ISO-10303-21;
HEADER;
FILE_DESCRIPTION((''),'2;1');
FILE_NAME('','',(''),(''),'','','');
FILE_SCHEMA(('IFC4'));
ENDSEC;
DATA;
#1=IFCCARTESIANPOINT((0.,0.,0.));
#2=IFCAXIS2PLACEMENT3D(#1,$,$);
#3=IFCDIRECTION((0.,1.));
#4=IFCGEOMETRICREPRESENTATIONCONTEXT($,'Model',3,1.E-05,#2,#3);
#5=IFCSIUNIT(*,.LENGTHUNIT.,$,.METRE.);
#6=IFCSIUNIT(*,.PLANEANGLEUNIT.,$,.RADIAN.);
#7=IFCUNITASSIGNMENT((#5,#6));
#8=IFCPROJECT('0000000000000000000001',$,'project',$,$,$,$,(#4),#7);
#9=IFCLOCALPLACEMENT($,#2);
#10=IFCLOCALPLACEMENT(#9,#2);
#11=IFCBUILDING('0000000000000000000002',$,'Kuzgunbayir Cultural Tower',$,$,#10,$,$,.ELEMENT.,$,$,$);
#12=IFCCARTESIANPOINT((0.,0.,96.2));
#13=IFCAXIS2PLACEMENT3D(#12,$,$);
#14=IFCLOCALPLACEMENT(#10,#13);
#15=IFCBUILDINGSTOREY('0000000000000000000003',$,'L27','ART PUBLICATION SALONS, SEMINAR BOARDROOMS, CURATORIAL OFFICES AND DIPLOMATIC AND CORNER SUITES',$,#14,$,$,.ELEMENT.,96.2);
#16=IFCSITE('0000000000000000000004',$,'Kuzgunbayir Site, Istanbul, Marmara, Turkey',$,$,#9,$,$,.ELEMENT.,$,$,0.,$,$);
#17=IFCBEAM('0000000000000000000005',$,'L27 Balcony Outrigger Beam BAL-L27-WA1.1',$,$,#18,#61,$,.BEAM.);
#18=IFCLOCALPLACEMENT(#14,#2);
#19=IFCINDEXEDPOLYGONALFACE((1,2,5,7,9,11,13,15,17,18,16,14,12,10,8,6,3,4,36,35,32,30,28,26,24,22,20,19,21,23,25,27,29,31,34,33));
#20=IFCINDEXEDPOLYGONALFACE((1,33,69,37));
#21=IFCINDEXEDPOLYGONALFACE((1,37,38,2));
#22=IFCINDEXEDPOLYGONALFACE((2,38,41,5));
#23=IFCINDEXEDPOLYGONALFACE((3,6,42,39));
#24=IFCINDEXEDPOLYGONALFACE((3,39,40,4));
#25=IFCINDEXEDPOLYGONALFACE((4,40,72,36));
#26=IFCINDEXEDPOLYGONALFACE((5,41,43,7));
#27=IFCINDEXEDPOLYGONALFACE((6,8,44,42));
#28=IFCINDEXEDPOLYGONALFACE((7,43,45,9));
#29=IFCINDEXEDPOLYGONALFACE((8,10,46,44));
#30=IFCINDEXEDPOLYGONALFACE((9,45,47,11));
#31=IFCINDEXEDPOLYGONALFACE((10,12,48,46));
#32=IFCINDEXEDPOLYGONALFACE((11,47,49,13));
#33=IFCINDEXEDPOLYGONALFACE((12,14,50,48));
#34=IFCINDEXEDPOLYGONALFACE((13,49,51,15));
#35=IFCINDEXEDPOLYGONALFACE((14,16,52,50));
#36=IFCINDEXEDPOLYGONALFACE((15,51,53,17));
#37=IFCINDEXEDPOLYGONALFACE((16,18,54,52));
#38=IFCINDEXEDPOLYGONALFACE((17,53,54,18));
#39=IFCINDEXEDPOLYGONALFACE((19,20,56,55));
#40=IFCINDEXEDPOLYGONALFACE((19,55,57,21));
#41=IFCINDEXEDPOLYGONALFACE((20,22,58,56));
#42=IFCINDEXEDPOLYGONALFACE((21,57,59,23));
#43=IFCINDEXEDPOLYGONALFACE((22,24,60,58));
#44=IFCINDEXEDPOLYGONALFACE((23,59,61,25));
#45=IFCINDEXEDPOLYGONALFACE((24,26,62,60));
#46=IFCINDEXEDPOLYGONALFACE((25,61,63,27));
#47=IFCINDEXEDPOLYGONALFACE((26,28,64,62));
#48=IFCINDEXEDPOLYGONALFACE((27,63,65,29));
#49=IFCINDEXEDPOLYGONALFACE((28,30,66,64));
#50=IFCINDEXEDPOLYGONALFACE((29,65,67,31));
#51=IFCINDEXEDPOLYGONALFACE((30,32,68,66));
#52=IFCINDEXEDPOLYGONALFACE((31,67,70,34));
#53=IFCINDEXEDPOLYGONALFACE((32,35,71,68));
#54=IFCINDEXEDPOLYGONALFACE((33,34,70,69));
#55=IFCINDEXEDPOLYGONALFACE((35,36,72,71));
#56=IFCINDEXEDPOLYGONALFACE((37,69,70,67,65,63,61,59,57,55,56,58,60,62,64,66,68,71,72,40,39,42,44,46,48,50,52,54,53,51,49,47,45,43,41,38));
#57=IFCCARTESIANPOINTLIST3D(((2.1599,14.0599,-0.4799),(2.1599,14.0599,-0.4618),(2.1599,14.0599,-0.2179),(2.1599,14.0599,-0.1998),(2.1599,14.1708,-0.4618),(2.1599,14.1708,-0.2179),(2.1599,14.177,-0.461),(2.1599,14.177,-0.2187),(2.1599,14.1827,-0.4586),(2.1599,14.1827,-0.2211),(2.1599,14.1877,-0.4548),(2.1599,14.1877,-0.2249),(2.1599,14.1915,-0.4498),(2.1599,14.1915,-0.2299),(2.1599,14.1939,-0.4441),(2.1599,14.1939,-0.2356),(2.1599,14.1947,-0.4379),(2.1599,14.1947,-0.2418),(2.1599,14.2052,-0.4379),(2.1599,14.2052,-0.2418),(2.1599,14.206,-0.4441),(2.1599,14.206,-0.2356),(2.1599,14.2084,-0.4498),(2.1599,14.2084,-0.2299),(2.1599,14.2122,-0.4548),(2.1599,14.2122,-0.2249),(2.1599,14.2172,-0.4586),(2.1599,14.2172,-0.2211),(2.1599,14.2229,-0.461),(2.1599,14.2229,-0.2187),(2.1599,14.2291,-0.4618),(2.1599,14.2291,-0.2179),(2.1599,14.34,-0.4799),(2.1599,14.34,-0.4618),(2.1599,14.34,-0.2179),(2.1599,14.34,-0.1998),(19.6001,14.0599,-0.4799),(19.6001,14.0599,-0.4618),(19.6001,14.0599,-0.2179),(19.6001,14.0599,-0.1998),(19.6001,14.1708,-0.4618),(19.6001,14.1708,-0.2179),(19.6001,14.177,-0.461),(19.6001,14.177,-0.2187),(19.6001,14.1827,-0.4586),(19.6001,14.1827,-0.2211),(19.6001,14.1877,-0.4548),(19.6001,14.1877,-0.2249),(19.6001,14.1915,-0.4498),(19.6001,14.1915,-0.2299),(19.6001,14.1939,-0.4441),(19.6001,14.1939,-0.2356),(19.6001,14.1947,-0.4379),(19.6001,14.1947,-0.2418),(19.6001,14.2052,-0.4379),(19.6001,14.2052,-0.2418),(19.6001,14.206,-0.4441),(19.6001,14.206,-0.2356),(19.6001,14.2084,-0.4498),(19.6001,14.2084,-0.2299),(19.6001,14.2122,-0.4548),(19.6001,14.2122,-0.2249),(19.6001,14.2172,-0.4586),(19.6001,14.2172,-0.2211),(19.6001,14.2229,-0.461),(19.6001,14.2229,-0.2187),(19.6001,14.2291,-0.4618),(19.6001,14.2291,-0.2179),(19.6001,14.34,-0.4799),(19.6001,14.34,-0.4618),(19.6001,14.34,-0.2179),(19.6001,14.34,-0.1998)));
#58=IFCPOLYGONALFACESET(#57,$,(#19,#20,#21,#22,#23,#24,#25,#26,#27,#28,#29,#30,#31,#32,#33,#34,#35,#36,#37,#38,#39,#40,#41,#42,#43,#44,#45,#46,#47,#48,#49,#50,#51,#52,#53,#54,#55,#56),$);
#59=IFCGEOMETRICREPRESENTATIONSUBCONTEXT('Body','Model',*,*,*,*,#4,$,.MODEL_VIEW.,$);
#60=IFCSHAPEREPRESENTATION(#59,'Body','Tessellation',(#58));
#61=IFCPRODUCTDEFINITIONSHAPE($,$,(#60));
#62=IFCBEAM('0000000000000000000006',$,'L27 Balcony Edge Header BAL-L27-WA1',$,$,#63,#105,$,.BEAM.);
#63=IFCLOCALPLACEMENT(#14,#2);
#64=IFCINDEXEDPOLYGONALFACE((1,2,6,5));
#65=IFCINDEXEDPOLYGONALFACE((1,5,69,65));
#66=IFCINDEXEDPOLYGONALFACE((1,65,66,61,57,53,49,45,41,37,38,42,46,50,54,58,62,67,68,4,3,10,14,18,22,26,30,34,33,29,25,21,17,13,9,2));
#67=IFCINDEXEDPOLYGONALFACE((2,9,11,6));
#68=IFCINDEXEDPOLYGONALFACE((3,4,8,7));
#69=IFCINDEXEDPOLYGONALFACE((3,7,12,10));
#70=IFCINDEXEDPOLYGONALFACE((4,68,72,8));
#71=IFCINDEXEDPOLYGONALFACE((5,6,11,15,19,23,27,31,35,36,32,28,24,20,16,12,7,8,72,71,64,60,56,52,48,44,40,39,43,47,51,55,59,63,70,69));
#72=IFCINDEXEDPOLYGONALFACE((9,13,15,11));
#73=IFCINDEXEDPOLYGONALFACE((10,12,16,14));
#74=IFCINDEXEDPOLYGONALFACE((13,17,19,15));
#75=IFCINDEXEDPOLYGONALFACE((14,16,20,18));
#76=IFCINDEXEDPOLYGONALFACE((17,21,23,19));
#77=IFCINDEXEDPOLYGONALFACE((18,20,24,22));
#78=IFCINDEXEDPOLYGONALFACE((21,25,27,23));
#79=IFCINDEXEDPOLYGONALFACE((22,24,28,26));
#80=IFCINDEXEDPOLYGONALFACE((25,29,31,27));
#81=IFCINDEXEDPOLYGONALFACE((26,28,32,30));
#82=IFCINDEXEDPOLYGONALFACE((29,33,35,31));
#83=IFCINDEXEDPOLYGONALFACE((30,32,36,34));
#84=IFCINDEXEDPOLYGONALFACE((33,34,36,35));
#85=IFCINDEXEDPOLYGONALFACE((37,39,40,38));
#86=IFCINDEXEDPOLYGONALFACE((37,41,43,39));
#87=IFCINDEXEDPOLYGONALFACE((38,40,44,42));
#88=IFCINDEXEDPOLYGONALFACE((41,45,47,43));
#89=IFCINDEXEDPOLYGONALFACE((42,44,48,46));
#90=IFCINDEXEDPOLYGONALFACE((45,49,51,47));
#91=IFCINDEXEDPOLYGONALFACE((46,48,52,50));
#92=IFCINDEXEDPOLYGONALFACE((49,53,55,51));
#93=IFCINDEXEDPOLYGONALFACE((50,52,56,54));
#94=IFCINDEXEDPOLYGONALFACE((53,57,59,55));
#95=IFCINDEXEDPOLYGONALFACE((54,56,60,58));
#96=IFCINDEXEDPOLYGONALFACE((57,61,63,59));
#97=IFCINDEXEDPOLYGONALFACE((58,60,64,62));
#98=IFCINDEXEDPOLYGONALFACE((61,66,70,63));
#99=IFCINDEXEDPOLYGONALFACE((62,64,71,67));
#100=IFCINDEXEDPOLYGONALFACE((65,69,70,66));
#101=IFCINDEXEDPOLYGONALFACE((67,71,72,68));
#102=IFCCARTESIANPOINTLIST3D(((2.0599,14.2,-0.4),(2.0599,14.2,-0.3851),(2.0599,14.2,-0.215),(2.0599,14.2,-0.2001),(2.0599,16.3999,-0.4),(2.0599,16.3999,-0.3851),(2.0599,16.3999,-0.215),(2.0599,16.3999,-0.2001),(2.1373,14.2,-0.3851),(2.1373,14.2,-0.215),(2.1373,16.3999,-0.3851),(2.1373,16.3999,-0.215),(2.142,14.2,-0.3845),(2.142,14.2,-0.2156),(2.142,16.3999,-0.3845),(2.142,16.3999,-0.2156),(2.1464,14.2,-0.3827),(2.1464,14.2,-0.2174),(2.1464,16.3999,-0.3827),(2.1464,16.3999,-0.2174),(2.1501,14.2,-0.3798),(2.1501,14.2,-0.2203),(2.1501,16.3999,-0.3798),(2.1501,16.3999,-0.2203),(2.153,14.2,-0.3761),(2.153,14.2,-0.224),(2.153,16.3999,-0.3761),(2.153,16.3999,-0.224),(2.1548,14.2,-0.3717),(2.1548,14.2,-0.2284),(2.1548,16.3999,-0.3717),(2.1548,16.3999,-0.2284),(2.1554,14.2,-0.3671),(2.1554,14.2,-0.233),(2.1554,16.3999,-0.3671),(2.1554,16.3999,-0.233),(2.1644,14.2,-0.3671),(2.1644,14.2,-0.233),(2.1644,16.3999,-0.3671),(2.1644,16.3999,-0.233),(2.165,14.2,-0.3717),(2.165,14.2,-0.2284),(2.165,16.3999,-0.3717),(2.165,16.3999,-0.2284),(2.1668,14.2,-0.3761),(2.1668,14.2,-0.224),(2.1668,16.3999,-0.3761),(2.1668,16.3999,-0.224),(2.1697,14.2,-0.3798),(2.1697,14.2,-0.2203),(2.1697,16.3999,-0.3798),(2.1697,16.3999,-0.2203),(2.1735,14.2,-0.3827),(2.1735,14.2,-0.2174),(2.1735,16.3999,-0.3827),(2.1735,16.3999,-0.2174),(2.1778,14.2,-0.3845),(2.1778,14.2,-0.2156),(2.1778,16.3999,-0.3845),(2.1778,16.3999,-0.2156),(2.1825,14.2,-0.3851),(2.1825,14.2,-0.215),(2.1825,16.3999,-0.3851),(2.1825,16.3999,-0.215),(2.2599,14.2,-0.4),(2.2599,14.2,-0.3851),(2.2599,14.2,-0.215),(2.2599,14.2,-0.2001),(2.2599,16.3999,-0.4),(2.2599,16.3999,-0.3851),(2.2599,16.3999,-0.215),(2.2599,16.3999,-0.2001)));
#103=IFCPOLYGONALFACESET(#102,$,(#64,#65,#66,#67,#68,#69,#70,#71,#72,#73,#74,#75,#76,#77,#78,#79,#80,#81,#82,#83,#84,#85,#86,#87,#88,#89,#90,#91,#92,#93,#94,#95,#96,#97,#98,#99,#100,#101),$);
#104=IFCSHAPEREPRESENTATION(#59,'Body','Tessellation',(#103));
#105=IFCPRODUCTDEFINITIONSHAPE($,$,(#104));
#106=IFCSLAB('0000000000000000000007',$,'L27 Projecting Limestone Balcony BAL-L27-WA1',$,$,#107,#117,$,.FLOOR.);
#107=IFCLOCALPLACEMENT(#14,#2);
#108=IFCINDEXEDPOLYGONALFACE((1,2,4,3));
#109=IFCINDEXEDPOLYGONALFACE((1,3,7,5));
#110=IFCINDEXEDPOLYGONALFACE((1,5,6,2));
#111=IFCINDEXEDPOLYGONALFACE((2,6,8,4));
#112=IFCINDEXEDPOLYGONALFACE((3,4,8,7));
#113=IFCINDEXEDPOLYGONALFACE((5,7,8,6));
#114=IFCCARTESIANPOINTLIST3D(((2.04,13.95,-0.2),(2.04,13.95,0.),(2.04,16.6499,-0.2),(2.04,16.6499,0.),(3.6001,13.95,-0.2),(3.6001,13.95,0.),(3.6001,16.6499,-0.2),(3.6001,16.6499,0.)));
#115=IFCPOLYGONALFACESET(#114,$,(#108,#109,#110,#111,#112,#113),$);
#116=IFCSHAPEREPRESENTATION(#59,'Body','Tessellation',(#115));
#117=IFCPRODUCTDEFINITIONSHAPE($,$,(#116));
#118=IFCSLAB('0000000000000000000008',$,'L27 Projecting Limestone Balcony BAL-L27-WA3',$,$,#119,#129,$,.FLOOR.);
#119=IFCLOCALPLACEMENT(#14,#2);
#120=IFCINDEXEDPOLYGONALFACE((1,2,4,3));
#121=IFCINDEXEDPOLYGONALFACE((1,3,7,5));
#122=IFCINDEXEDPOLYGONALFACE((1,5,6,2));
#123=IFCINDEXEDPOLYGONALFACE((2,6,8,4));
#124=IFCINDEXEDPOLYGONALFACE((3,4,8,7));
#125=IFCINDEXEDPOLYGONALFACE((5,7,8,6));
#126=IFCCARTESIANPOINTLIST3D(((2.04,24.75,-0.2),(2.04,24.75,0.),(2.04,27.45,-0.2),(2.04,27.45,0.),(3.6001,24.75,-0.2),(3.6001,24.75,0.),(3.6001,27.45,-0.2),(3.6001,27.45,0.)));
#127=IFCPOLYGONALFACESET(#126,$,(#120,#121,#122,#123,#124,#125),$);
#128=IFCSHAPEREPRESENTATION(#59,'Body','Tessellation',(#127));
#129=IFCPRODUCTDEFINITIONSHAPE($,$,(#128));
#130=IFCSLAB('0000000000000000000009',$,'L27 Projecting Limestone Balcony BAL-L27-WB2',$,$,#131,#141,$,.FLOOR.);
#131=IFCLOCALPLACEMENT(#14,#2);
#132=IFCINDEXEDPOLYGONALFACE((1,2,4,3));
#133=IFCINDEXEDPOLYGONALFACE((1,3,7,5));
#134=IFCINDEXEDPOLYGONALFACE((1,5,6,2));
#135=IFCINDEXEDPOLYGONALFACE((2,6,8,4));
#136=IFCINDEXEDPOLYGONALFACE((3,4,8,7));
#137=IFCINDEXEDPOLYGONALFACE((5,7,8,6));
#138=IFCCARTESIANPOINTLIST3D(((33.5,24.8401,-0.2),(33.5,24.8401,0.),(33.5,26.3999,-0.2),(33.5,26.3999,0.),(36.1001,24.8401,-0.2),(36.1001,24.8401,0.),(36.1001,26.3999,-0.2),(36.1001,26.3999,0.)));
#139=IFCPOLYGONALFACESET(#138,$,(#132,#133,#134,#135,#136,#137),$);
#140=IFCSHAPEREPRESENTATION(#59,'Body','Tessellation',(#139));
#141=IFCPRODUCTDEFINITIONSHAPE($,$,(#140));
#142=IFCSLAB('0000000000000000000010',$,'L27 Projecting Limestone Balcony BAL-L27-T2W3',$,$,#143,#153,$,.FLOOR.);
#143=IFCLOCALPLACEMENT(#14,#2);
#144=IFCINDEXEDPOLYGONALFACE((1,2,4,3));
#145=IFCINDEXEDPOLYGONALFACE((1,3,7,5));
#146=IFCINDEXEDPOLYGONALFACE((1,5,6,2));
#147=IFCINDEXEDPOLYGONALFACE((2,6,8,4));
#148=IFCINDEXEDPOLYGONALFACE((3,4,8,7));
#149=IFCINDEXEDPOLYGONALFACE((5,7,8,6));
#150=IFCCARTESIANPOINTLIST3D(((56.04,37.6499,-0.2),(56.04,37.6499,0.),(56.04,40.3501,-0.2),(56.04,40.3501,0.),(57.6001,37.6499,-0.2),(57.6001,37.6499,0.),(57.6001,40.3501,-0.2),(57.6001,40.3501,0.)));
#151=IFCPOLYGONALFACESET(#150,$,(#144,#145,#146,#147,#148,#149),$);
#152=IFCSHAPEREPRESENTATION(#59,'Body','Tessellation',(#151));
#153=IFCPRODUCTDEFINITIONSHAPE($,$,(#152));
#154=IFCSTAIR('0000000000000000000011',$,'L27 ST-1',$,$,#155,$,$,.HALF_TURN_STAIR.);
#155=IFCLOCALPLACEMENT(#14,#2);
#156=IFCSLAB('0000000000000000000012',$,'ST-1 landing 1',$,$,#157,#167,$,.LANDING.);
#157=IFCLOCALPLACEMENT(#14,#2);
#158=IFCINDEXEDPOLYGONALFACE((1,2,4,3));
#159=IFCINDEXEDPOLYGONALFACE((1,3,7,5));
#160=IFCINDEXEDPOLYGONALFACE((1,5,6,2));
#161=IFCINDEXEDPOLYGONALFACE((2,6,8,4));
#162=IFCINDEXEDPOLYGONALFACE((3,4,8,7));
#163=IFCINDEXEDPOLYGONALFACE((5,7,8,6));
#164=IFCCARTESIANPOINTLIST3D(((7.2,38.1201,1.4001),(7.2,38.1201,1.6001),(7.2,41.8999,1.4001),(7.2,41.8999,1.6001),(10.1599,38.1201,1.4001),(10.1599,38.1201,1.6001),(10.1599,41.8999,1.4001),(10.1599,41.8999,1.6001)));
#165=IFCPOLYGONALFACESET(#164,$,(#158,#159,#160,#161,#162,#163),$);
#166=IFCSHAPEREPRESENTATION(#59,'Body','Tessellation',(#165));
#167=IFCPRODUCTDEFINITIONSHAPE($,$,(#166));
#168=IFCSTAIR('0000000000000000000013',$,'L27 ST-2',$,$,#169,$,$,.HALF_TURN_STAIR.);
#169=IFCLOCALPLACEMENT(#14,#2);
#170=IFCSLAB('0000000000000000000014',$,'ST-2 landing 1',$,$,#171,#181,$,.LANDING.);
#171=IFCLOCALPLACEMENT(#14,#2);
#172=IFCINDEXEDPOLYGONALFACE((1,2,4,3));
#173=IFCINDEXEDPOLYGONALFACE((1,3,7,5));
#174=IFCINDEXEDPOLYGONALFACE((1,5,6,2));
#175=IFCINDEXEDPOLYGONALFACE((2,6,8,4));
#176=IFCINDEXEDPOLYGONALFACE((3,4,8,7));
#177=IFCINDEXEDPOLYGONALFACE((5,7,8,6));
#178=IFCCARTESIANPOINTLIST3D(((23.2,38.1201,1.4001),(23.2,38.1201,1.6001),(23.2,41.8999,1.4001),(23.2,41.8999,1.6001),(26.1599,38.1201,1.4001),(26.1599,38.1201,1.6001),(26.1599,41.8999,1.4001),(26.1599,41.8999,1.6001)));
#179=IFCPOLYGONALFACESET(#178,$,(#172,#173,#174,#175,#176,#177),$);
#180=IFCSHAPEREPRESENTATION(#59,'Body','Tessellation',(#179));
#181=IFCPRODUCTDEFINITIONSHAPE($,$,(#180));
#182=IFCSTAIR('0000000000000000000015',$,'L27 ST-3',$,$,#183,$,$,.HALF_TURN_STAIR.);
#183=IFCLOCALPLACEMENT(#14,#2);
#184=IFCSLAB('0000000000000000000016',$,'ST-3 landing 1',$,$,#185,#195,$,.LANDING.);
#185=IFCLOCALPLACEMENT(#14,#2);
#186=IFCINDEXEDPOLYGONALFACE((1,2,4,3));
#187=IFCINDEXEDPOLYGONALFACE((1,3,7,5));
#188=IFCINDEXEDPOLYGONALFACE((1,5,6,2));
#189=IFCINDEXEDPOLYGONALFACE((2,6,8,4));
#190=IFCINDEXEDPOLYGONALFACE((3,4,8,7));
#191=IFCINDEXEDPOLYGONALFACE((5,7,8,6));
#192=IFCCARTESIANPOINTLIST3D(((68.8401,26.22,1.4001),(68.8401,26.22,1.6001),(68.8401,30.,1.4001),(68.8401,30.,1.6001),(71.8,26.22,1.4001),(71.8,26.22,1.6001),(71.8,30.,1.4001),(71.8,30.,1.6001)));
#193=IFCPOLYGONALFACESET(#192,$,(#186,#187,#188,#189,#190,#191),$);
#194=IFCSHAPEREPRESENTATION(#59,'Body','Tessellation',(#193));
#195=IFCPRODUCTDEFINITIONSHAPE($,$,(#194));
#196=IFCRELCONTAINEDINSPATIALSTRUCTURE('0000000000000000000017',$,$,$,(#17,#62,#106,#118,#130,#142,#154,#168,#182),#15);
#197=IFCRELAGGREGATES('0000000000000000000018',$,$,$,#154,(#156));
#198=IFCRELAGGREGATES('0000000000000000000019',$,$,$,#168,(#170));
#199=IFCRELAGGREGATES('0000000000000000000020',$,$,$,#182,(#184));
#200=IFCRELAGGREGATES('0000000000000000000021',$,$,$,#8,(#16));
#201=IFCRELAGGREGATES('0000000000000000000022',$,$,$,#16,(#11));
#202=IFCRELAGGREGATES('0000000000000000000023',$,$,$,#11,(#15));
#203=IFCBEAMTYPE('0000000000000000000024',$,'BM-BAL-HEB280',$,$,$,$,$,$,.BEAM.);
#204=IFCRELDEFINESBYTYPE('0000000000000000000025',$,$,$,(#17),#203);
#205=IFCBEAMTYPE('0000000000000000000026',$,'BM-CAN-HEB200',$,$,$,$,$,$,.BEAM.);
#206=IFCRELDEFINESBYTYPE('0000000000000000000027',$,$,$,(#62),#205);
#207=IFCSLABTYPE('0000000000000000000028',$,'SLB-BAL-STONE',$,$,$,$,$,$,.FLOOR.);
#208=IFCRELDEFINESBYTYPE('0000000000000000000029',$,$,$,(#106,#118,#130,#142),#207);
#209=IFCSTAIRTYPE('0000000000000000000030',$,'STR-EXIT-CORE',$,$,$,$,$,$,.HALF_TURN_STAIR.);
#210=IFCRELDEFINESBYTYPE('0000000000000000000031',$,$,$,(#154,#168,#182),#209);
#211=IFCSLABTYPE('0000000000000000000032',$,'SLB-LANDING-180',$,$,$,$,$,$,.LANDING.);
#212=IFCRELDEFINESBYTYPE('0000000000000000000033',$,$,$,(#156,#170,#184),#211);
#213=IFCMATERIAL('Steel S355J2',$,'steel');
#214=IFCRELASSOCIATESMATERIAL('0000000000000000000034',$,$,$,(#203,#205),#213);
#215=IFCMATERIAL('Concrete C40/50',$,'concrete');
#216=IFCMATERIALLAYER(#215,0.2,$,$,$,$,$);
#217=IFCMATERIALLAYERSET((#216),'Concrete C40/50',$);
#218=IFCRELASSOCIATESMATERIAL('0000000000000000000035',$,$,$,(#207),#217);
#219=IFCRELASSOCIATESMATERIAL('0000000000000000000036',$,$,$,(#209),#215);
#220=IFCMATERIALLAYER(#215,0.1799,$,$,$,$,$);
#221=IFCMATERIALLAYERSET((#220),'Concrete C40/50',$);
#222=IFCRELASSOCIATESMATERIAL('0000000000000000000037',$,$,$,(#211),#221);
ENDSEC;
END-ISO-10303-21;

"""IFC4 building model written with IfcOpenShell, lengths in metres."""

from ifc_helpers import new_model, si_unit, direction, frame, origin, origin_2d, place, context, subcontext, project, spatial, polyline, i_section, outline, extrude, material, layer, layer_set, material_profile, profile_set, type_object, element, aggregate, save


model = new_model("IFC4")

# Units and contexts
model_context = context("Model", 3, precision=1e-05, world=origin(), true_north=direction((0.0, 1.0)))
body_context = subcontext(model_context, "Body", "Model", "MODEL_VIEW")
ifc_project = project(units=[si_unit("LENGTHUNIT", "METRE"), si_unit("PLANEANGLEUNIT", "RADIAN")], contexts=[model_context])

# Site, building, storey
site_placement = place(None, origin())
site = spatial("IfcSite", under=ifc_project, at=site_placement, Name="Kuzgunbayir Site, Istanbul, Marmara, Turkey", CompositionType="ELEMENT", RefElevation=0.0)
building_placement = place(site_placement, origin())
building = spatial("IfcBuilding", under=site, at=building_placement, Name="Kuzgunbayir Cultural Tower", CompositionType="ELEMENT")
storey_placement = place(building_placement, frame((0.0, 0.0, 96.2)))
storey = spatial("IfcBuildingStorey", under=building, at=storey_placement, Name="L27", Description="ART PUBLICATION SALONS, SEMINAR BOARDROOMS, CURATORIAL OFFICES AND DIPLOMATIC AND CORNER SUITES", CompositionType="ELEMENT", Elevation=96.2)

# Beams
ifc_material_1 = material(Name="Steel S355J2", Category="steel")
ifc_material_profile_1 = material_profile(ifc_material_1, i_section(OverallWidth=0.28, OverallDepth=0.28, WebThickness=0.0105, FlangeThickness=0.0181, FilletRadius=0.0239, at=origin_2d()), Name="HEB 280")
ifc_profile_set_1 = profile_set([ifc_material_profile_1], Name="Steel S355J2")
beam_type_1 = type_object("IfcBeamType", Name="BM-BAL-HEB280", PredefinedType="BEAM", material=ifc_profile_set_1)
beam_1_placement = place(storey_placement, frame((2.1599, 14.2, -0.3398), z_axis=(1.0, 0.0, 0.0), x_axis=(0.0, 1.0, 0.0)))
element("IfcBeam", 1, at=beam_1_placement, inside=storey, type_object=beam_type_1, Name="L27 Balcony Outrigger Beam BAL-L27-WA1.1", PredefinedType="BEAM", context=body_context, shape_type="SweptSolid", body=[
    extrude(i_section(OverallWidth=0.28, OverallDepth=0.28, WebThickness=0.0105, FlangeThickness=0.0181, FilletRadius=0.0239, at=origin_2d()), origin(), (0.0, 0.0, 1.0), 17.4402),
])
ifc_material_profile_2 = material_profile(ifc_material_1, i_section(OverallWidth=0.2, OverallDepth=0.2, WebThickness=0.009, FlangeThickness=0.0149, FilletRadius=0.0181, at=origin_2d()), Name="HEB 200")
ifc_profile_set_2 = profile_set([ifc_material_profile_2], Name="Steel S355J2")
beam_type_2 = type_object("IfcBeamType", Name="BM-CAN-HEB200", PredefinedType="BEAM", material=ifc_profile_set_2)
beam_2_placement = place(storey_placement, frame((2.1599, 14.2, -0.3), z_axis=(0.0, 1.0, 0.0), x_axis=(-1.0, 0.0, 0.0)))
element("IfcBeam", 2, at=beam_2_placement, inside=storey, type_object=beam_type_2, Name="L27 Balcony Edge Header BAL-L27-WA1", PredefinedType="BEAM", context=body_context, shape_type="SweptSolid", body=[
    extrude(i_section(OverallWidth=0.2, OverallDepth=0.2, WebThickness=0.009, FlangeThickness=0.0149, FilletRadius=0.0181, at=origin_2d()), origin(), (0.0, 0.0, 1.0), 2.2),
])

# Slabs
ifc_material_2 = material(Name="Concrete C40/50", Category="concrete")
ifc_layer_1 = layer(ifc_material_2, 0.2)
ifc_layer_set_1 = layer_set([ifc_layer_1], Name="Concrete C40/50")
slab_type_1 = type_object("IfcSlabType", Name="SLB-BAL-STONE", PredefinedType="FLOOR", material=ifc_layer_set_1)
slab_1_placement = place(storey_placement, frame((0.0, 0.0, -0.2)))
element("IfcSlab", 3, at=slab_1_placement, inside=storey, type_object=slab_type_1, Name="L27 Projecting Limestone Balcony BAL-L27-WA1", PredefinedType="FLOOR", context=body_context, shape_type="SweptSolid", body=[
    extrude(outline(polyline([(2.04, 13.95), (3.6001, 13.95), (3.6001, 16.6499), (2.04, 16.6499), (2.04, 13.95)])), origin(), (0.0, 0.0, 1.0), 0.2),
])
slab_2_placement = place(storey_placement, frame((0.0, 0.0, -0.2)))
element("IfcSlab", 4, at=slab_2_placement, inside=storey, type_object=slab_type_1, Name="L27 Projecting Limestone Balcony BAL-L27-WA3", PredefinedType="FLOOR", context=body_context, shape_type="SweptSolid", body=[
    extrude(outline(polyline([(2.04, 24.75), (3.6001, 24.75), (3.6001, 27.45), (2.04, 27.45), (2.04, 24.75)])), origin(), (0.0, 0.0, 1.0), 0.2),
])
slab_3_placement = place(storey_placement, frame((0.0, 0.0, -0.2)))
element("IfcSlab", 5, at=slab_3_placement, inside=storey, type_object=slab_type_1, Name="L27 Projecting Limestone Balcony BAL-L27-WB2", PredefinedType="FLOOR", context=body_context, shape_type="SweptSolid", body=[
    extrude(outline(polyline([(33.5, 24.8401), (36.1001, 24.8401), (36.1001, 26.3999), (33.5, 26.3999), (33.5, 24.8401)])), origin(), (0.0, 0.0, 1.0), 0.2),
])
slab_4_placement = place(storey_placement, frame((0.0, 0.0, -0.2)))
element("IfcSlab", 6, at=slab_4_placement, inside=storey, type_object=slab_type_1, Name="L27 Projecting Limestone Balcony BAL-L27-T2W3", PredefinedType="FLOOR", context=body_context, shape_type="SweptSolid", body=[
    extrude(outline(polyline([(56.04, 37.6499), (57.6001, 37.6499), (57.6001, 40.3501), (56.04, 40.3501), (56.04, 37.6499)])), origin(), (0.0, 0.0, 1.0), 0.2),
])

# Stairs, slabs
stair_type = type_object("IfcStairType", Name="STR-EXIT-CORE", PredefinedType="HALF_TURN_STAIR", material=ifc_material_2)
stair_1_placement = place(storey_placement, origin())
stair_1 = element("IfcStair", 7, at=stair_1_placement, inside=storey, type_object=stair_type, Name="L27 ST-1", PredefinedType="HALF_TURN_STAIR")
ifc_layer_2 = layer(ifc_material_2, 0.1799)
ifc_layer_set_2 = layer_set([ifc_layer_2], Name="Concrete C40/50")
slab_type_2 = type_object("IfcSlabType", Name="SLB-LANDING-180", PredefinedType="LANDING", material=ifc_layer_set_2)
slab_5_placement = place(storey_placement, frame((0.0, 0.0, 1.4001)))
slab_5 = element("IfcSlab", 8, at=slab_5_placement, type_object=slab_type_2, Name="ST-1 landing 1", PredefinedType="LANDING", context=body_context, shape_type="SweptSolid", body=[
    extrude(outline(polyline([(10.1599, 38.1201), (10.1599, 41.8999), (7.2, 41.8999), (7.2, 38.1201), (10.1599, 38.1201)])), origin(), (0.0, 0.0, 1.0), 0.2),
])
aggregate(stair_1, [slab_5])
stair_2_placement = place(storey_placement, origin())
stair_2 = element("IfcStair", 9, at=stair_2_placement, inside=storey, type_object=stair_type, Name="L27 ST-2", PredefinedType="HALF_TURN_STAIR")
slab_6_placement = place(storey_placement, frame((0.0, 0.0, 1.4001)))
slab_6 = element("IfcSlab", 10, at=slab_6_placement, type_object=slab_type_2, Name="ST-2 landing 1", PredefinedType="LANDING", context=body_context, shape_type="SweptSolid", body=[
    extrude(outline(polyline([(26.1599, 38.1201), (26.1599, 41.8999), (23.2, 41.8999), (23.2, 38.1201), (26.1599, 38.1201)])), origin(), (0.0, 0.0, 1.0), 0.2),
])
aggregate(stair_2, [slab_6])
stair_3_placement = place(storey_placement, origin())
stair_3 = element("IfcStair", 11, at=stair_3_placement, inside=storey, type_object=stair_type, Name="L27 ST-3", PredefinedType="HALF_TURN_STAIR")
slab_7_placement = place(storey_placement, frame((0.0, 0.0, 1.4001)))
slab_7 = element("IfcSlab", 12, at=slab_7_placement, type_object=slab_type_2, Name="ST-3 landing 1", PredefinedType="LANDING", context=body_context, shape_type="SweptSolid", body=[
    extrude(outline(polyline([(71.8, 26.22), (71.8, 30.0), (68.8401, 30.0), (68.8401, 26.22), (71.8, 26.22)])), origin(), (0.0, 0.0, 1.0), 0.2),
])
aggregate(stair_3, [slab_7])

save(model, "model.ifc")
